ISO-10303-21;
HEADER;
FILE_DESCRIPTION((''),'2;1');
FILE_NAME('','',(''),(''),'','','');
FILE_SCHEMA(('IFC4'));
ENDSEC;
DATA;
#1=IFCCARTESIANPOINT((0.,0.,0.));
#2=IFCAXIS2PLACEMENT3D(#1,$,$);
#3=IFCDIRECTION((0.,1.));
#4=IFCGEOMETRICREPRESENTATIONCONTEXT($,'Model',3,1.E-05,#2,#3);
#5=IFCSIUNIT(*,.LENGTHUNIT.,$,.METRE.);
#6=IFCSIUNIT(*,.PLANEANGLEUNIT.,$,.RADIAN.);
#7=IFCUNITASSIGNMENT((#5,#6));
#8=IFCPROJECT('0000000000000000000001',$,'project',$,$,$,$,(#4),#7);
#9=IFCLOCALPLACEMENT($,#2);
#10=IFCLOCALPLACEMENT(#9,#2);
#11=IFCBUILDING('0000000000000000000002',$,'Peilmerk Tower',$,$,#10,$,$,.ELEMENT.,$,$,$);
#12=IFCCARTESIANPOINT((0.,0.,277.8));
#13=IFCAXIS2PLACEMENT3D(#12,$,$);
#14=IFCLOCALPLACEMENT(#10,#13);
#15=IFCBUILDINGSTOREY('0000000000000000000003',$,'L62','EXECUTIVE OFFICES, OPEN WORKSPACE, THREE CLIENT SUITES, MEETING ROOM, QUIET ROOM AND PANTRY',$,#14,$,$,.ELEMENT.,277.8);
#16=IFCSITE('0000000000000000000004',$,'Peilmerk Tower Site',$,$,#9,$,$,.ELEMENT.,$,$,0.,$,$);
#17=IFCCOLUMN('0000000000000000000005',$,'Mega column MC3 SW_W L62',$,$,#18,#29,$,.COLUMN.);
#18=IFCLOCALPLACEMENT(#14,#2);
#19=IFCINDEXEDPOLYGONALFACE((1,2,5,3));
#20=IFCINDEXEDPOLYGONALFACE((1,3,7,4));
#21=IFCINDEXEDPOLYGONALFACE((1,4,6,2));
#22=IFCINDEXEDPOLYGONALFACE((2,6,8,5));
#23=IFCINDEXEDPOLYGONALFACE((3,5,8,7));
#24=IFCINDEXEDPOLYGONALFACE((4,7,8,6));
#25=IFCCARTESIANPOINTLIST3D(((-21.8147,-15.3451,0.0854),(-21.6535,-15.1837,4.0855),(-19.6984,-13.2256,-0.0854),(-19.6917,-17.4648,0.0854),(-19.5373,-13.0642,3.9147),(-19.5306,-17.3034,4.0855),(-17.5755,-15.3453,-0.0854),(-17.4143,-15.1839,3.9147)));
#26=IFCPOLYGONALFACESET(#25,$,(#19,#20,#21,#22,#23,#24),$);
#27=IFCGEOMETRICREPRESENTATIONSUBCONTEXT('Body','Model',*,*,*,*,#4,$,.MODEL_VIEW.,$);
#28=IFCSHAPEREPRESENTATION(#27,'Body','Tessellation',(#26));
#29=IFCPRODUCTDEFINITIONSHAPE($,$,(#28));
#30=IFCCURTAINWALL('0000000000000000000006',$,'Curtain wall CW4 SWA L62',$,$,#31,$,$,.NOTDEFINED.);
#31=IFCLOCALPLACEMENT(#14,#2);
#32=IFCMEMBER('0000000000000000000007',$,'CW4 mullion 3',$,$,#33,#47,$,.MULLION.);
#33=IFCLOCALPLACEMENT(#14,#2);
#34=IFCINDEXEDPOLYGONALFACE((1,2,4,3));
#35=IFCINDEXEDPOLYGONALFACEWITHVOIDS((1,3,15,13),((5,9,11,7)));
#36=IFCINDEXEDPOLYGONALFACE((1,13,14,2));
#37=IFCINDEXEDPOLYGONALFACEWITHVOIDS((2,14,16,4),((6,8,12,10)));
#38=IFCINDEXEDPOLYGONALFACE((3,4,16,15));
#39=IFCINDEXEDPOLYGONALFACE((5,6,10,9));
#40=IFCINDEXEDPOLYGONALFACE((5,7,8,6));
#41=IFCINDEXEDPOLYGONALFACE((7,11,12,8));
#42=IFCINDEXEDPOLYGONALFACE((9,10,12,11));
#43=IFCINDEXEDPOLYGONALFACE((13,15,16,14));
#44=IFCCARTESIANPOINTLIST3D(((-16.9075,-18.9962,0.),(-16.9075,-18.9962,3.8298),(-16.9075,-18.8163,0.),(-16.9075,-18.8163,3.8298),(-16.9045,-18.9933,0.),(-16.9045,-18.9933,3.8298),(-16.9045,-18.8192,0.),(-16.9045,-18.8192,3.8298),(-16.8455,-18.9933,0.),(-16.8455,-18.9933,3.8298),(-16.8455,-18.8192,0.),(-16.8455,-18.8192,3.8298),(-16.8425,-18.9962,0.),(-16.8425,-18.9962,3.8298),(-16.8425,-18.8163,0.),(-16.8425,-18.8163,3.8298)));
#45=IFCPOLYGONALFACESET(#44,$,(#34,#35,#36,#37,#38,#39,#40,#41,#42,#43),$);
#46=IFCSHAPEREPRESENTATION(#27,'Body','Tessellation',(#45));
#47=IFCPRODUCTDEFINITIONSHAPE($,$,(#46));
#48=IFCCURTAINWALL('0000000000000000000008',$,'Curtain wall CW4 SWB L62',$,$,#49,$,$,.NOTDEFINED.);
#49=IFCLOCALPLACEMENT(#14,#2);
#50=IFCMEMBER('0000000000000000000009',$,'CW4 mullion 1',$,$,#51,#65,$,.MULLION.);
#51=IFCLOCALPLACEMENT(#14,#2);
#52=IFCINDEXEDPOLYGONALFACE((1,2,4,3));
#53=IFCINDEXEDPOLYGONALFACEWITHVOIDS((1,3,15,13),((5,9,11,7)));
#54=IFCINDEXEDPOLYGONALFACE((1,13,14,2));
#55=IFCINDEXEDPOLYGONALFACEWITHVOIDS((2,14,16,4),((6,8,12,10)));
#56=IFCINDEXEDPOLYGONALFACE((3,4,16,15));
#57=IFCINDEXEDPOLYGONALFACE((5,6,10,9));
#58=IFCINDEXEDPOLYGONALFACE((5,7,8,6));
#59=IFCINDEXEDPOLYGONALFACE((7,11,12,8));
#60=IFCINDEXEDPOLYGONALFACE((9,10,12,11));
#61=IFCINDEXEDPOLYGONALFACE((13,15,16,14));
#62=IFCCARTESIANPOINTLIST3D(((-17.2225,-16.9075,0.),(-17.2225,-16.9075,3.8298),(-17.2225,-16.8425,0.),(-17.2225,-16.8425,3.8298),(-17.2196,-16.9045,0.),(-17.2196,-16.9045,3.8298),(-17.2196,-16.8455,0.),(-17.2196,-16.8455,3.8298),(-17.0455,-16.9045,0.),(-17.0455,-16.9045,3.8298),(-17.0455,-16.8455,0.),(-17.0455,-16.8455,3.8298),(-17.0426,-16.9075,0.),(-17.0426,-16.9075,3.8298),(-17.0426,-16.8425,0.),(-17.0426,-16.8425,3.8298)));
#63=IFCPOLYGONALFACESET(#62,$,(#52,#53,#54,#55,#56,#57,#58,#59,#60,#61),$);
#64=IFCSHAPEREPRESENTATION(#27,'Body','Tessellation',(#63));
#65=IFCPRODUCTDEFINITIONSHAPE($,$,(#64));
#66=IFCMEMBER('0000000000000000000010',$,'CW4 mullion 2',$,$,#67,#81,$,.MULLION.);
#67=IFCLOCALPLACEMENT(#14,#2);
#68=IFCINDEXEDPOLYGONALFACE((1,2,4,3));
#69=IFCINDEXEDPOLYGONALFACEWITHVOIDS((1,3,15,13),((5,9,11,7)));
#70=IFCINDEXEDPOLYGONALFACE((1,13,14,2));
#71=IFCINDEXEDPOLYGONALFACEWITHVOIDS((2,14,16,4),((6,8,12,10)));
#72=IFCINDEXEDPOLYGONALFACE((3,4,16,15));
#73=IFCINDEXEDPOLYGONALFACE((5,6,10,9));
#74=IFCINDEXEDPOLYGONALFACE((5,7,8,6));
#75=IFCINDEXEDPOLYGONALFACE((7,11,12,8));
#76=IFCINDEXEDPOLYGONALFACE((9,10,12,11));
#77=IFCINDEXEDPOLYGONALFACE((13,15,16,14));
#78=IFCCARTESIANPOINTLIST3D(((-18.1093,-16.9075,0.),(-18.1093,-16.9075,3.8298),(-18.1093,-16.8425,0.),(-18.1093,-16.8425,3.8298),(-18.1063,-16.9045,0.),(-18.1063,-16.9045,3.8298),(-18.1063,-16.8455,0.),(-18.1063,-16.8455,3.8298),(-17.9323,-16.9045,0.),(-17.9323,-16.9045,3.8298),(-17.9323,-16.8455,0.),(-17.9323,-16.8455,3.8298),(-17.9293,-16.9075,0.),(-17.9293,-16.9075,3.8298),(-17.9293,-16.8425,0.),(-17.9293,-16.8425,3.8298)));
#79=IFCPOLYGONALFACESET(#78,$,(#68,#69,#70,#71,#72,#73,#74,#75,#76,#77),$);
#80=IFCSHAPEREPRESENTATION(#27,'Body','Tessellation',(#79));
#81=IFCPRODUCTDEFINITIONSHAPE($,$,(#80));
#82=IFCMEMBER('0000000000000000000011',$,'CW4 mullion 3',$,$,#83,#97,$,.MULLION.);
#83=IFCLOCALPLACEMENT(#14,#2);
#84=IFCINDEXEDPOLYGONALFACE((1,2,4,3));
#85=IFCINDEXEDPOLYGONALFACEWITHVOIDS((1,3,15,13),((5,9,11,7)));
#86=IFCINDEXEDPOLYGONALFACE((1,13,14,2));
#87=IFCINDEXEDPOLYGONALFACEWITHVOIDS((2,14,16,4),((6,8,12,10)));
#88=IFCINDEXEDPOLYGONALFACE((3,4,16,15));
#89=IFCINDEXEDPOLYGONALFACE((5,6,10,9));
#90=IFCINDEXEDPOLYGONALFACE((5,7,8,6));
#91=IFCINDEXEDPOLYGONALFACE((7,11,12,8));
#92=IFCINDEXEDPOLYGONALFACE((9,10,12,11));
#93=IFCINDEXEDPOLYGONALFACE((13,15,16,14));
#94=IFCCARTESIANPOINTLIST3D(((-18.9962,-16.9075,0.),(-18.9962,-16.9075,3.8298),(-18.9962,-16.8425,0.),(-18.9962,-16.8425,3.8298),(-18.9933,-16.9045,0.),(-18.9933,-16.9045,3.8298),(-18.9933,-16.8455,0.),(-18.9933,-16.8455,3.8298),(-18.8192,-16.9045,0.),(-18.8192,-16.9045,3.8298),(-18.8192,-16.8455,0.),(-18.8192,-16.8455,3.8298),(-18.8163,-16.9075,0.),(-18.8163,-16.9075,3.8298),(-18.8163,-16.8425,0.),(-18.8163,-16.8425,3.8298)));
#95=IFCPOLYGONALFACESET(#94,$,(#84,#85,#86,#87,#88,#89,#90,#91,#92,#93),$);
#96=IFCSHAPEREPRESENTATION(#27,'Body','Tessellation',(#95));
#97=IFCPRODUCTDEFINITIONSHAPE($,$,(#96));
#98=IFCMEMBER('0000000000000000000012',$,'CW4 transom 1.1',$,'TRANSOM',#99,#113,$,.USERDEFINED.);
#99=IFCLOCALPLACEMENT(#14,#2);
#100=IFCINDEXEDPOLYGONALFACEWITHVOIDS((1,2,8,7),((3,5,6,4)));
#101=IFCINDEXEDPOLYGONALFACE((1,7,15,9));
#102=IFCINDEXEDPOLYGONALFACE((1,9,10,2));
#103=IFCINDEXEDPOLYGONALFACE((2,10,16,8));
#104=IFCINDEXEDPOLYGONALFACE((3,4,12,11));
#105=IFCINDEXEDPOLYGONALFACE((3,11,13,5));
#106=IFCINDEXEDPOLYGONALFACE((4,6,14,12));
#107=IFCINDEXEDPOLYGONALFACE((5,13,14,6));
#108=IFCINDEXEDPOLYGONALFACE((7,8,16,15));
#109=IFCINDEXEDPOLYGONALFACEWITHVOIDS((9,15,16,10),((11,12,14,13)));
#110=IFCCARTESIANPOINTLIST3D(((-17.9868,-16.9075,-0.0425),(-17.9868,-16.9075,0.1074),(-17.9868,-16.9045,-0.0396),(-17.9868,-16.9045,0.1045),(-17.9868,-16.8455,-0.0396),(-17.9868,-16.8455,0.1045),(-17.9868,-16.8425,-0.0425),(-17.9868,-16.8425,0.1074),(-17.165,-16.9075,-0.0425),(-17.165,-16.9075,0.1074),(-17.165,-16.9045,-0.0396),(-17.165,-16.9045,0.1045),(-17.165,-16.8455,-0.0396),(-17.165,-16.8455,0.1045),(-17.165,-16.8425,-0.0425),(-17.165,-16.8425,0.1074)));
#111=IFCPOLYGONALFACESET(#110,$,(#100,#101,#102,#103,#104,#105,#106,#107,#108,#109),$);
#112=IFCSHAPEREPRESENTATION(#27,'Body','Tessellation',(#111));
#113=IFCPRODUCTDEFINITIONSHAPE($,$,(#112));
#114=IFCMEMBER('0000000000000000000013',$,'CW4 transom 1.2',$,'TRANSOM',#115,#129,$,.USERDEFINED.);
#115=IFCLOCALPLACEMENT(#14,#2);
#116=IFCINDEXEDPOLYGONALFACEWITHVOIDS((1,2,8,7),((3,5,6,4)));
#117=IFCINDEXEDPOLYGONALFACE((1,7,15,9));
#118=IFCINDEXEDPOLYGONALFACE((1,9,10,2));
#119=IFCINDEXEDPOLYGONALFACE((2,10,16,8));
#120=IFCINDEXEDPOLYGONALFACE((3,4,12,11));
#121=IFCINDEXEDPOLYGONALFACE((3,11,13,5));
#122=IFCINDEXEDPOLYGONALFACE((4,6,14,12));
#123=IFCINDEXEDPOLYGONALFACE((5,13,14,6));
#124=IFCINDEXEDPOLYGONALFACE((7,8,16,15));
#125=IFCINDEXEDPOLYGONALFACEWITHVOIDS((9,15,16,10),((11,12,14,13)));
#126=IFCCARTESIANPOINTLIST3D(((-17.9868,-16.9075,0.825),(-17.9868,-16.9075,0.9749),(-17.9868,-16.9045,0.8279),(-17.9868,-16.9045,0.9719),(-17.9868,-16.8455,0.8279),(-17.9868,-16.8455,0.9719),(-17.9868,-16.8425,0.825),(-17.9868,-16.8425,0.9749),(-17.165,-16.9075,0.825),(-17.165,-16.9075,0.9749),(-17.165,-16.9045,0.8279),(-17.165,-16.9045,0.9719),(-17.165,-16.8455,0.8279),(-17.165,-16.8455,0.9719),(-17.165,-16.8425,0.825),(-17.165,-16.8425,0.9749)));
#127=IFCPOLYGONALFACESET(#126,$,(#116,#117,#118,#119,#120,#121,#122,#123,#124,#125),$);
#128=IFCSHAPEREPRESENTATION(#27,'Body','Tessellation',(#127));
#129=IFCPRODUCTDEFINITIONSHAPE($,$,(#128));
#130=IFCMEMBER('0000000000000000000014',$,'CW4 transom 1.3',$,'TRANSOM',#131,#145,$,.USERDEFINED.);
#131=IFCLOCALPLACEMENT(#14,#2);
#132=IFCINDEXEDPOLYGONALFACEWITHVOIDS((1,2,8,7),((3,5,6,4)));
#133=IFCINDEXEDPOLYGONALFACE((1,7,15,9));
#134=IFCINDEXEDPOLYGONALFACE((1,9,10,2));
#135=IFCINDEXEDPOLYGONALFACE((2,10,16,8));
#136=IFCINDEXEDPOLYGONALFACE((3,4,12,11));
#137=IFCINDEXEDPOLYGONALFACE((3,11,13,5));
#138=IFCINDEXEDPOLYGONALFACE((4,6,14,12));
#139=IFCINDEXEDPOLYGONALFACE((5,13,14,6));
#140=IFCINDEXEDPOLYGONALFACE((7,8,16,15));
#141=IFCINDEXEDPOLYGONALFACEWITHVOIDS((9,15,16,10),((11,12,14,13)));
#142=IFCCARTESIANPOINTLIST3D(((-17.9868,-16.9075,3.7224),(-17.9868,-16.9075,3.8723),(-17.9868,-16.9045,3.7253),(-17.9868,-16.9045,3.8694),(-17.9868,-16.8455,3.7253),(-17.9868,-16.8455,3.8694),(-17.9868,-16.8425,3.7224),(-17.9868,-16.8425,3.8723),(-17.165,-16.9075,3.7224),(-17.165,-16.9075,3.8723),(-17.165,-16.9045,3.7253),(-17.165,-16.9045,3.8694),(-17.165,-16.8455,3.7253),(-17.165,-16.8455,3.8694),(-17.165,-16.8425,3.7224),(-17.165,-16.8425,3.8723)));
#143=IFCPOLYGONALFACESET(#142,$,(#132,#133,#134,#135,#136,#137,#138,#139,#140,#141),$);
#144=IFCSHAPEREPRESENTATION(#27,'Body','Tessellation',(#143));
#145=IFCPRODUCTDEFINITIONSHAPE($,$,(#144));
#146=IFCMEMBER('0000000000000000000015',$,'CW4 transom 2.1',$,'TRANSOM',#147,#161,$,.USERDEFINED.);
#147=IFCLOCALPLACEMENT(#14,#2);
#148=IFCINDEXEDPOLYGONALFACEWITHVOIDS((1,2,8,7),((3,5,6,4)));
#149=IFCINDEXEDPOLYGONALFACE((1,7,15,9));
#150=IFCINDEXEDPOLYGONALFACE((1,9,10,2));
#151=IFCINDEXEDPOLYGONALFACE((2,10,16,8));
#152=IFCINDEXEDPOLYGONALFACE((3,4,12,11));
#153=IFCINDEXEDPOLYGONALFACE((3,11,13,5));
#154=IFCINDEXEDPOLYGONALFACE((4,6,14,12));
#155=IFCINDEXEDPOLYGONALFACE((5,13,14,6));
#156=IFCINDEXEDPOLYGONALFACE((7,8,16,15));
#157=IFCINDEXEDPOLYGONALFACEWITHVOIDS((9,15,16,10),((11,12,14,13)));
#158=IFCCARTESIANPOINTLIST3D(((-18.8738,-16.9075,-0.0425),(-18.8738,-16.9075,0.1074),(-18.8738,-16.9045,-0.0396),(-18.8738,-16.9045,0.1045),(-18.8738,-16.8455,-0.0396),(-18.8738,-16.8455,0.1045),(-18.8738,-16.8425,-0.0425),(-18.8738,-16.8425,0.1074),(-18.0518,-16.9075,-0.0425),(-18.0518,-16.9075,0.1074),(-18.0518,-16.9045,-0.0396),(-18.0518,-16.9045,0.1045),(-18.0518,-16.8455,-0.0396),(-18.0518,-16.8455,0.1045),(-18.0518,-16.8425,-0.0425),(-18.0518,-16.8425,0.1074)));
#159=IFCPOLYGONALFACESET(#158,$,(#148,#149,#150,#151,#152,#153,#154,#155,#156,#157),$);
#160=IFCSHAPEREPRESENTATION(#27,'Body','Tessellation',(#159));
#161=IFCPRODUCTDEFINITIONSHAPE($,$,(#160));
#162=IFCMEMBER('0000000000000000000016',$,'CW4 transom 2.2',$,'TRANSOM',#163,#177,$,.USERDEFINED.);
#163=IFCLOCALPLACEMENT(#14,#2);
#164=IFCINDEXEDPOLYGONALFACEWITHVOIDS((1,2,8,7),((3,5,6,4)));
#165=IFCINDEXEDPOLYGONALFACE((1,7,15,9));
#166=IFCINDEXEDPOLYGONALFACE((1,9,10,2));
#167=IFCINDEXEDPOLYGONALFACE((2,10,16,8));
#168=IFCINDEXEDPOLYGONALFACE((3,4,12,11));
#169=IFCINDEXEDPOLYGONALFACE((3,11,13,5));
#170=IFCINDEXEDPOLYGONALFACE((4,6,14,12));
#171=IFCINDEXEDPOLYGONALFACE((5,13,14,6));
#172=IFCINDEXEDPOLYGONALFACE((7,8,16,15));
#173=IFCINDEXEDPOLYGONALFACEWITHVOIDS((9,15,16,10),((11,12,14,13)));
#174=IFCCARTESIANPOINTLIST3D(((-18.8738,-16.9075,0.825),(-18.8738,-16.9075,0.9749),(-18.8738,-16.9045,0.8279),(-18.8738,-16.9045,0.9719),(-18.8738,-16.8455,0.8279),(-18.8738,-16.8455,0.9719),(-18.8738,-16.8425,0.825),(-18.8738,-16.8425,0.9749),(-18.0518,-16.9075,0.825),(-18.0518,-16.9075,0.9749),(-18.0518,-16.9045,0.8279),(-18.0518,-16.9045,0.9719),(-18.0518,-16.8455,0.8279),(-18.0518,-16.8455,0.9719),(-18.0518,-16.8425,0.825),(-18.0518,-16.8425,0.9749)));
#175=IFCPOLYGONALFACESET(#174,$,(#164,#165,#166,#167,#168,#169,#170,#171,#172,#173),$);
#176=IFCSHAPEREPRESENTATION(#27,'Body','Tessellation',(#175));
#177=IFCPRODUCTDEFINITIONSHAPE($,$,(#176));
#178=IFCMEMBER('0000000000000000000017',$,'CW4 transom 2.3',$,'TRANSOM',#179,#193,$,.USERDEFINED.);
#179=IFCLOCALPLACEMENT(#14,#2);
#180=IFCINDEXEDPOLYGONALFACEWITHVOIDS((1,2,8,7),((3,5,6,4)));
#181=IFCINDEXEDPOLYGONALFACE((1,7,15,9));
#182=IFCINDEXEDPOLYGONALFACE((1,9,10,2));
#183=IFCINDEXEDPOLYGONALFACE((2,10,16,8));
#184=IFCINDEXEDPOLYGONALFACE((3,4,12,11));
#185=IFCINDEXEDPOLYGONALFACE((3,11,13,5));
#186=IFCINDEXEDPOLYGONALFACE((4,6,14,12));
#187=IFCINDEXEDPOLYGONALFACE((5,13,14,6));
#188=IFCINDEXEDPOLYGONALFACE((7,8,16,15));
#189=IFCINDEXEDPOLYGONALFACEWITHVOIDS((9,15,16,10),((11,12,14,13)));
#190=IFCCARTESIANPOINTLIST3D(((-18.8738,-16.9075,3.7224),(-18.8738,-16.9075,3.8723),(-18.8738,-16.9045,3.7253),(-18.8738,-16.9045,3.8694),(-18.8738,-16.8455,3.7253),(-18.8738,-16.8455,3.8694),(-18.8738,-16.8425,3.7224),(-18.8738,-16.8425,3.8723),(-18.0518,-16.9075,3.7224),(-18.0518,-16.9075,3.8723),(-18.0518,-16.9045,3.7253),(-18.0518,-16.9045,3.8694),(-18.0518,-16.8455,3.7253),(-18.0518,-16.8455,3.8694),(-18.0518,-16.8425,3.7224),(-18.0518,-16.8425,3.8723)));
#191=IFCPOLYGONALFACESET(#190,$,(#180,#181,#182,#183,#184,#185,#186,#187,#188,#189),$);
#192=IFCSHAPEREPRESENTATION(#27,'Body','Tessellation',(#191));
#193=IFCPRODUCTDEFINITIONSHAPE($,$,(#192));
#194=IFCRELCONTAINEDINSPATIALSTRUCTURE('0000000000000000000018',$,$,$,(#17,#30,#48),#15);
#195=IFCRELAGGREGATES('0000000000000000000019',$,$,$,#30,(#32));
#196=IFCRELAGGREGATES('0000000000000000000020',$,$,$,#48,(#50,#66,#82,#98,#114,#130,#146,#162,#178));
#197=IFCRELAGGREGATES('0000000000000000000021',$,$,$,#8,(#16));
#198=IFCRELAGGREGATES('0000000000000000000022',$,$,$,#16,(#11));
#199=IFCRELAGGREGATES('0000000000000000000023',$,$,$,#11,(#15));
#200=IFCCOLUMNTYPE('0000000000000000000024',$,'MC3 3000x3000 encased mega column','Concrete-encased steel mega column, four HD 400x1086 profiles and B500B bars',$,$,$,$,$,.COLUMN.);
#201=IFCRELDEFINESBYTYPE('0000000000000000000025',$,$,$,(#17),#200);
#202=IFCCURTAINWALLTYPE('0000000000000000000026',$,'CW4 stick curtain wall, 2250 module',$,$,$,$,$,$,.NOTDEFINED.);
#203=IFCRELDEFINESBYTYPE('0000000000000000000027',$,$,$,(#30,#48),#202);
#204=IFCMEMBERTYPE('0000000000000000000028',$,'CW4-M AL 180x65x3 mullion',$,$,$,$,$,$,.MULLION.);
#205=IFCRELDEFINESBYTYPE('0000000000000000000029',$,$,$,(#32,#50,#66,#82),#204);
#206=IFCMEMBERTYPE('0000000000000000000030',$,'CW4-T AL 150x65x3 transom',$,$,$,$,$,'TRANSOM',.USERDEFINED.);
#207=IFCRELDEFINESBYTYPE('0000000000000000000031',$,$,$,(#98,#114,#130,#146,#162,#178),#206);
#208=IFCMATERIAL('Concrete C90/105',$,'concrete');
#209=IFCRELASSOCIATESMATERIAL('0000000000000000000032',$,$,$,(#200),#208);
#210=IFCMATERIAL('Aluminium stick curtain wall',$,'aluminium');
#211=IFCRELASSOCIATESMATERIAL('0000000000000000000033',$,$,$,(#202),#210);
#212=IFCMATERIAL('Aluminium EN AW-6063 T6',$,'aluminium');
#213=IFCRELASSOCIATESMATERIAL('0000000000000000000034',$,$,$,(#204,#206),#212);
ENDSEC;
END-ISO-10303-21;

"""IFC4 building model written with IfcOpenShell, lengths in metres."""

from ifc_helpers import new_model, si_unit, direction, frame, origin, origin_2d, place, context, subcontext, project, spatial, rectangle, hollow_rectangle, extrude, material, material_profile, profile_set, type_object, element, aggregate, save


model = new_model("IFC4")

# Units and contexts
model_context = context("Model", 3, precision=1e-05, world=origin(), true_north=direction((0.0, 1.0)))
body_context = subcontext(model_context, "Body", "Model", "MODEL_VIEW")
ifc_project = project(units=[si_unit("LENGTHUNIT", "METRE"), si_unit("PLANEANGLEUNIT", "RADIAN")], contexts=[model_context])

# Site, building, storey
site_placement = place(None, origin())
site = spatial("IfcSite", under=ifc_project, at=site_placement, Name="Peilmerk Tower Site", CompositionType="ELEMENT", RefElevation=0.0)
building_placement = place(site_placement, origin())
building = spatial("IfcBuilding", under=site, at=building_placement, Name="Peilmerk Tower", CompositionType="ELEMENT")
storey_placement = place(building_placement, frame((0.0, 0.0, 277.8)))
storey = spatial("IfcBuildingStorey", under=building, at=storey_placement, Name="L62", Description="EXECUTIVE OFFICES, OPEN WORKSPACE, THREE CLIENT SUITES, MEETING ROOM, QUIET ROOM AND PANTRY", CompositionType="ELEMENT", Elevation=277.8)

# Column
ifc_material_1 = material(Name="Concrete C90/105", Category="concrete")
ifc_material_profile_1 = material_profile(ifc_material_1, rectangle(XDim=3.0, YDim=3.0, at=origin_2d()), Name="RC 3000x3000")
ifc_profile_set_1 = profile_set([ifc_material_profile_1], Name="Concrete C90/105")
column_type = type_object("IfcColumnType", Name="MC3 3000x3000 encased mega column", Description="Concrete-encased steel mega column, four HD 400x1086 profiles and B500B bars", PredefinedType="COLUMN", material=ifc_profile_set_1)
column_placement = place(storey_placement, frame((-19.6951, -15.3452, 0.0), z_axis=(0.040218, 0.040279, 0.998379), x_axis=(-0.707642, 0.706571, 0.0)))
element("IfcColumn", 1, at=column_placement, inside=storey, type_object=column_type, Name="Mega column MC3 SW_W L62", PredefinedType="COLUMN", context=body_context, shape_type="SweptSolid", body=[
    extrude(rectangle(XDim=3.0, YDim=3.0, at=origin_2d()), origin(), (0.0, 0.0, 1.0), 4.0066),
])

# Curtain wall, member
ifc_material_2 = material(Name="Aluminium stick curtain wall", Category="aluminium")
curtain_wall_type = type_object("IfcCurtainWallType", Name="CW4 stick curtain wall, 2250 module", PredefinedType="NOTDEFINED", material=ifc_material_2)
curtain_wall_1_placement = place(storey_placement, origin())
curtain_wall_1 = element("IfcCurtainWall", 2, at=curtain_wall_1_placement, inside=storey, type_object=curtain_wall_type, Name="Curtain wall CW4 SWA L62", PredefinedType="NOTDEFINED")
ifc_material_3 = material(Name="Aluminium EN AW-6063 T6", Category="aluminium")
ifc_material_profile_2 = material_profile(ifc_material_3, hollow_rectangle(XDim=0.0649, YDim=0.1799, WallThickness=0.0029, at=origin_2d()), Name="AL 180x65x3")
ifc_profile_set_2 = profile_set([ifc_material_profile_2], Name="Aluminium EN AW-6063 T6")
member_type_1 = type_object("IfcMemberType", Name="CW4-M AL 180x65x3 mullion", PredefinedType="MULLION", material=ifc_profile_set_2)
member_1_placement = place(storey_placement, frame((-16.875, -18.9062, 0.0), z_axis=(0.0, 0.0, 1.0), x_axis=(1.0, 0.0, 0.0)))
member_1 = element("IfcMember", 3, at=member_1_placement, type_object=member_type_1, Name="CW4 mullion 3", PredefinedType="MULLION", context=body_context, shape_type="SweptSolid", body=[
    extrude(hollow_rectangle(XDim=0.0649, YDim=0.1799, WallThickness=0.0029, at=origin_2d()), origin(), (0.0, 0.0, 1.0), 3.8298),
])

# Curtain wall, members
curtain_wall_2_placement = place(storey_placement, origin())
curtain_wall_2 = element("IfcCurtainWall", 4, at=curtain_wall_2_placement, inside=storey, type_object=curtain_wall_type, Name="Curtain wall CW4 SWB L62", PredefinedType="NOTDEFINED")
member_2_placement = place(storey_placement, frame((-17.1326, -16.875, 0.0), z_axis=(0.0, 0.0, 1.0), x_axis=(0.0, -1.0, 0.0)))
member_2 = element("IfcMember", 5, at=member_2_placement, type_object=member_type_1, Name="CW4 mullion 1", PredefinedType="MULLION", context=body_context, shape_type="SweptSolid", body=[
    extrude(hollow_rectangle(XDim=0.0649, YDim=0.1799, WallThickness=0.0029, at=origin_2d()), origin(), (0.0, 0.0, 1.0), 3.8298),
])
member_3_placement = place(storey_placement, frame((-18.0193, -16.875, 0.0), z_axis=(0.0, 0.0, 1.0), x_axis=(0.0, -1.0, 0.0)))
member_3 = element("IfcMember", 6, at=member_3_placement, type_object=member_type_1, Name="CW4 mullion 2", PredefinedType="MULLION", context=body_context, shape_type="SweptSolid", body=[
    extrude(hollow_rectangle(XDim=0.0649, YDim=0.1799, WallThickness=0.0029, at=origin_2d()), origin(), (0.0, 0.0, 1.0), 3.8298),
])
member_4_placement = place(storey_placement, frame((-18.9062, -16.875, 0.0), z_axis=(0.0, 0.0, 1.0), x_axis=(0.0, -1.0, 0.0)))
member_4 = element("IfcMember", 7, at=member_4_placement, type_object=member_type_1, Name="CW4 mullion 3", PredefinedType="MULLION", context=body_context, shape_type="SweptSolid", body=[
    extrude(hollow_rectangle(XDim=0.0649, YDim=0.1799, WallThickness=0.0029, at=origin_2d()), origin(), (0.0, 0.0, 1.0), 3.8298),
])
ifc_material_profile_3 = material_profile(ifc_material_3, hollow_rectangle(XDim=0.0649, YDim=0.1499, WallThickness=0.0029, at=origin_2d()), Name="AL 150x65x3")
ifc_profile_set_3 = profile_set([ifc_material_profile_3], Name="Aluminium EN AW-6063 T6")
member_type_2 = type_object("IfcMemberType", Name="CW4-T AL 150x65x3 transom", ElementType="TRANSOM", PredefinedType="USERDEFINED", material=ifc_profile_set_3)
member_5_placement = place(storey_placement, frame((-17.165, -16.875, 0.0325), z_axis=(-1.0, 0.0, 0.0), x_axis=(0.0, -1.0, 0.0)))
member_5 = element("IfcMember", 8, at=member_5_placement, type_object=member_type_2, Name="CW4 transom 1.1", ObjectType="TRANSOM", PredefinedType="USERDEFINED", context=body_context, shape_type="SweptSolid", body=[
    extrude(hollow_rectangle(XDim=0.0649, YDim=0.1499, WallThickness=0.0029, at=origin_2d()), origin(), (0.0, 0.0, 1.0), 0.8218),
])
member_6_placement = place(storey_placement, frame((-17.165, -16.875, 0.8999), z_axis=(-1.0, 0.0, 0.0), x_axis=(0.0, -1.0, 0.0)))
member_6 = element("IfcMember", 9, at=member_6_placement, type_object=member_type_2, Name="CW4 transom 1.2", ObjectType="TRANSOM", PredefinedType="USERDEFINED", context=body_context, shape_type="SweptSolid", body=[
    extrude(hollow_rectangle(XDim=0.0649, YDim=0.1499, WallThickness=0.0029, at=origin_2d()), origin(), (0.0, 0.0, 1.0), 0.8218),
])
member_7_placement = place(storey_placement, frame((-17.165, -16.875, 3.7974), z_axis=(-1.0, 0.0, 0.0), x_axis=(0.0, -1.0, 0.0)))
member_7 = element("IfcMember", 10, at=member_7_placement, type_object=member_type_2, Name="CW4 transom 1.3", ObjectType="TRANSOM", PredefinedType="USERDEFINED", context=body_context, shape_type="SweptSolid", body=[
    extrude(hollow_rectangle(XDim=0.0649, YDim=0.1499, WallThickness=0.0029, at=origin_2d()), origin(), (0.0, 0.0, 1.0), 0.8218),
])
member_8_placement = place(storey_placement, frame((-18.0518, -16.875, 0.0325), z_axis=(-1.0, 0.0, 0.0), x_axis=(0.0, -1.0, 0.0)))
member_8 = element("IfcMember", 11, at=member_8_placement, type_object=member_type_2, Name="CW4 transom 2.1", ObjectType="TRANSOM", PredefinedType="USERDEFINED", context=body_context, shape_type="SweptSolid", body=[
    extrude(hollow_rectangle(XDim=0.0649, YDim=0.1499, WallThickness=0.0029, at=origin_2d()), origin(), (0.0, 0.0, 1.0), 0.822),
])
member_9_placement = place(storey_placement, frame((-18.0518, -16.875, 0.8999), z_axis=(-1.0, 0.0, 0.0), x_axis=(0.0, -1.0, 0.0)))
member_9 = element("IfcMember", 12, at=member_9_placement, type_object=member_type_2, Name="CW4 transom 2.2", ObjectType="TRANSOM", PredefinedType="USERDEFINED", context=body_context, shape_type="SweptSolid", body=[
    extrude(hollow_rectangle(XDim=0.0649, YDim=0.1499, WallThickness=0.0029, at=origin_2d()), origin(), (0.0, 0.0, 1.0), 0.822),
])
member_10_placement = place(storey_placement, frame((-18.0518, -16.875, 3.7974), z_axis=(-1.0, 0.0, 0.0), x_axis=(0.0, -1.0, 0.0)))
member_10 = element("IfcMember", 13, at=member_10_placement, type_object=member_type_2, Name="CW4 transom 2.3", ObjectType="TRANSOM", PredefinedType="USERDEFINED", context=body_context, shape_type="SweptSolid", body=[
    extrude(hollow_rectangle(XDim=0.0649, YDim=0.1499, WallThickness=0.0029, at=origin_2d()), origin(), (0.0, 0.0, 1.0), 0.822),
])

aggregate(curtain_wall_1, [member_1])
aggregate(curtain_wall_2, [member_2, member_3, member_4, member_5, member_6, member_7, member_8, member_9, member_10])

save(model, "model.ifc")
